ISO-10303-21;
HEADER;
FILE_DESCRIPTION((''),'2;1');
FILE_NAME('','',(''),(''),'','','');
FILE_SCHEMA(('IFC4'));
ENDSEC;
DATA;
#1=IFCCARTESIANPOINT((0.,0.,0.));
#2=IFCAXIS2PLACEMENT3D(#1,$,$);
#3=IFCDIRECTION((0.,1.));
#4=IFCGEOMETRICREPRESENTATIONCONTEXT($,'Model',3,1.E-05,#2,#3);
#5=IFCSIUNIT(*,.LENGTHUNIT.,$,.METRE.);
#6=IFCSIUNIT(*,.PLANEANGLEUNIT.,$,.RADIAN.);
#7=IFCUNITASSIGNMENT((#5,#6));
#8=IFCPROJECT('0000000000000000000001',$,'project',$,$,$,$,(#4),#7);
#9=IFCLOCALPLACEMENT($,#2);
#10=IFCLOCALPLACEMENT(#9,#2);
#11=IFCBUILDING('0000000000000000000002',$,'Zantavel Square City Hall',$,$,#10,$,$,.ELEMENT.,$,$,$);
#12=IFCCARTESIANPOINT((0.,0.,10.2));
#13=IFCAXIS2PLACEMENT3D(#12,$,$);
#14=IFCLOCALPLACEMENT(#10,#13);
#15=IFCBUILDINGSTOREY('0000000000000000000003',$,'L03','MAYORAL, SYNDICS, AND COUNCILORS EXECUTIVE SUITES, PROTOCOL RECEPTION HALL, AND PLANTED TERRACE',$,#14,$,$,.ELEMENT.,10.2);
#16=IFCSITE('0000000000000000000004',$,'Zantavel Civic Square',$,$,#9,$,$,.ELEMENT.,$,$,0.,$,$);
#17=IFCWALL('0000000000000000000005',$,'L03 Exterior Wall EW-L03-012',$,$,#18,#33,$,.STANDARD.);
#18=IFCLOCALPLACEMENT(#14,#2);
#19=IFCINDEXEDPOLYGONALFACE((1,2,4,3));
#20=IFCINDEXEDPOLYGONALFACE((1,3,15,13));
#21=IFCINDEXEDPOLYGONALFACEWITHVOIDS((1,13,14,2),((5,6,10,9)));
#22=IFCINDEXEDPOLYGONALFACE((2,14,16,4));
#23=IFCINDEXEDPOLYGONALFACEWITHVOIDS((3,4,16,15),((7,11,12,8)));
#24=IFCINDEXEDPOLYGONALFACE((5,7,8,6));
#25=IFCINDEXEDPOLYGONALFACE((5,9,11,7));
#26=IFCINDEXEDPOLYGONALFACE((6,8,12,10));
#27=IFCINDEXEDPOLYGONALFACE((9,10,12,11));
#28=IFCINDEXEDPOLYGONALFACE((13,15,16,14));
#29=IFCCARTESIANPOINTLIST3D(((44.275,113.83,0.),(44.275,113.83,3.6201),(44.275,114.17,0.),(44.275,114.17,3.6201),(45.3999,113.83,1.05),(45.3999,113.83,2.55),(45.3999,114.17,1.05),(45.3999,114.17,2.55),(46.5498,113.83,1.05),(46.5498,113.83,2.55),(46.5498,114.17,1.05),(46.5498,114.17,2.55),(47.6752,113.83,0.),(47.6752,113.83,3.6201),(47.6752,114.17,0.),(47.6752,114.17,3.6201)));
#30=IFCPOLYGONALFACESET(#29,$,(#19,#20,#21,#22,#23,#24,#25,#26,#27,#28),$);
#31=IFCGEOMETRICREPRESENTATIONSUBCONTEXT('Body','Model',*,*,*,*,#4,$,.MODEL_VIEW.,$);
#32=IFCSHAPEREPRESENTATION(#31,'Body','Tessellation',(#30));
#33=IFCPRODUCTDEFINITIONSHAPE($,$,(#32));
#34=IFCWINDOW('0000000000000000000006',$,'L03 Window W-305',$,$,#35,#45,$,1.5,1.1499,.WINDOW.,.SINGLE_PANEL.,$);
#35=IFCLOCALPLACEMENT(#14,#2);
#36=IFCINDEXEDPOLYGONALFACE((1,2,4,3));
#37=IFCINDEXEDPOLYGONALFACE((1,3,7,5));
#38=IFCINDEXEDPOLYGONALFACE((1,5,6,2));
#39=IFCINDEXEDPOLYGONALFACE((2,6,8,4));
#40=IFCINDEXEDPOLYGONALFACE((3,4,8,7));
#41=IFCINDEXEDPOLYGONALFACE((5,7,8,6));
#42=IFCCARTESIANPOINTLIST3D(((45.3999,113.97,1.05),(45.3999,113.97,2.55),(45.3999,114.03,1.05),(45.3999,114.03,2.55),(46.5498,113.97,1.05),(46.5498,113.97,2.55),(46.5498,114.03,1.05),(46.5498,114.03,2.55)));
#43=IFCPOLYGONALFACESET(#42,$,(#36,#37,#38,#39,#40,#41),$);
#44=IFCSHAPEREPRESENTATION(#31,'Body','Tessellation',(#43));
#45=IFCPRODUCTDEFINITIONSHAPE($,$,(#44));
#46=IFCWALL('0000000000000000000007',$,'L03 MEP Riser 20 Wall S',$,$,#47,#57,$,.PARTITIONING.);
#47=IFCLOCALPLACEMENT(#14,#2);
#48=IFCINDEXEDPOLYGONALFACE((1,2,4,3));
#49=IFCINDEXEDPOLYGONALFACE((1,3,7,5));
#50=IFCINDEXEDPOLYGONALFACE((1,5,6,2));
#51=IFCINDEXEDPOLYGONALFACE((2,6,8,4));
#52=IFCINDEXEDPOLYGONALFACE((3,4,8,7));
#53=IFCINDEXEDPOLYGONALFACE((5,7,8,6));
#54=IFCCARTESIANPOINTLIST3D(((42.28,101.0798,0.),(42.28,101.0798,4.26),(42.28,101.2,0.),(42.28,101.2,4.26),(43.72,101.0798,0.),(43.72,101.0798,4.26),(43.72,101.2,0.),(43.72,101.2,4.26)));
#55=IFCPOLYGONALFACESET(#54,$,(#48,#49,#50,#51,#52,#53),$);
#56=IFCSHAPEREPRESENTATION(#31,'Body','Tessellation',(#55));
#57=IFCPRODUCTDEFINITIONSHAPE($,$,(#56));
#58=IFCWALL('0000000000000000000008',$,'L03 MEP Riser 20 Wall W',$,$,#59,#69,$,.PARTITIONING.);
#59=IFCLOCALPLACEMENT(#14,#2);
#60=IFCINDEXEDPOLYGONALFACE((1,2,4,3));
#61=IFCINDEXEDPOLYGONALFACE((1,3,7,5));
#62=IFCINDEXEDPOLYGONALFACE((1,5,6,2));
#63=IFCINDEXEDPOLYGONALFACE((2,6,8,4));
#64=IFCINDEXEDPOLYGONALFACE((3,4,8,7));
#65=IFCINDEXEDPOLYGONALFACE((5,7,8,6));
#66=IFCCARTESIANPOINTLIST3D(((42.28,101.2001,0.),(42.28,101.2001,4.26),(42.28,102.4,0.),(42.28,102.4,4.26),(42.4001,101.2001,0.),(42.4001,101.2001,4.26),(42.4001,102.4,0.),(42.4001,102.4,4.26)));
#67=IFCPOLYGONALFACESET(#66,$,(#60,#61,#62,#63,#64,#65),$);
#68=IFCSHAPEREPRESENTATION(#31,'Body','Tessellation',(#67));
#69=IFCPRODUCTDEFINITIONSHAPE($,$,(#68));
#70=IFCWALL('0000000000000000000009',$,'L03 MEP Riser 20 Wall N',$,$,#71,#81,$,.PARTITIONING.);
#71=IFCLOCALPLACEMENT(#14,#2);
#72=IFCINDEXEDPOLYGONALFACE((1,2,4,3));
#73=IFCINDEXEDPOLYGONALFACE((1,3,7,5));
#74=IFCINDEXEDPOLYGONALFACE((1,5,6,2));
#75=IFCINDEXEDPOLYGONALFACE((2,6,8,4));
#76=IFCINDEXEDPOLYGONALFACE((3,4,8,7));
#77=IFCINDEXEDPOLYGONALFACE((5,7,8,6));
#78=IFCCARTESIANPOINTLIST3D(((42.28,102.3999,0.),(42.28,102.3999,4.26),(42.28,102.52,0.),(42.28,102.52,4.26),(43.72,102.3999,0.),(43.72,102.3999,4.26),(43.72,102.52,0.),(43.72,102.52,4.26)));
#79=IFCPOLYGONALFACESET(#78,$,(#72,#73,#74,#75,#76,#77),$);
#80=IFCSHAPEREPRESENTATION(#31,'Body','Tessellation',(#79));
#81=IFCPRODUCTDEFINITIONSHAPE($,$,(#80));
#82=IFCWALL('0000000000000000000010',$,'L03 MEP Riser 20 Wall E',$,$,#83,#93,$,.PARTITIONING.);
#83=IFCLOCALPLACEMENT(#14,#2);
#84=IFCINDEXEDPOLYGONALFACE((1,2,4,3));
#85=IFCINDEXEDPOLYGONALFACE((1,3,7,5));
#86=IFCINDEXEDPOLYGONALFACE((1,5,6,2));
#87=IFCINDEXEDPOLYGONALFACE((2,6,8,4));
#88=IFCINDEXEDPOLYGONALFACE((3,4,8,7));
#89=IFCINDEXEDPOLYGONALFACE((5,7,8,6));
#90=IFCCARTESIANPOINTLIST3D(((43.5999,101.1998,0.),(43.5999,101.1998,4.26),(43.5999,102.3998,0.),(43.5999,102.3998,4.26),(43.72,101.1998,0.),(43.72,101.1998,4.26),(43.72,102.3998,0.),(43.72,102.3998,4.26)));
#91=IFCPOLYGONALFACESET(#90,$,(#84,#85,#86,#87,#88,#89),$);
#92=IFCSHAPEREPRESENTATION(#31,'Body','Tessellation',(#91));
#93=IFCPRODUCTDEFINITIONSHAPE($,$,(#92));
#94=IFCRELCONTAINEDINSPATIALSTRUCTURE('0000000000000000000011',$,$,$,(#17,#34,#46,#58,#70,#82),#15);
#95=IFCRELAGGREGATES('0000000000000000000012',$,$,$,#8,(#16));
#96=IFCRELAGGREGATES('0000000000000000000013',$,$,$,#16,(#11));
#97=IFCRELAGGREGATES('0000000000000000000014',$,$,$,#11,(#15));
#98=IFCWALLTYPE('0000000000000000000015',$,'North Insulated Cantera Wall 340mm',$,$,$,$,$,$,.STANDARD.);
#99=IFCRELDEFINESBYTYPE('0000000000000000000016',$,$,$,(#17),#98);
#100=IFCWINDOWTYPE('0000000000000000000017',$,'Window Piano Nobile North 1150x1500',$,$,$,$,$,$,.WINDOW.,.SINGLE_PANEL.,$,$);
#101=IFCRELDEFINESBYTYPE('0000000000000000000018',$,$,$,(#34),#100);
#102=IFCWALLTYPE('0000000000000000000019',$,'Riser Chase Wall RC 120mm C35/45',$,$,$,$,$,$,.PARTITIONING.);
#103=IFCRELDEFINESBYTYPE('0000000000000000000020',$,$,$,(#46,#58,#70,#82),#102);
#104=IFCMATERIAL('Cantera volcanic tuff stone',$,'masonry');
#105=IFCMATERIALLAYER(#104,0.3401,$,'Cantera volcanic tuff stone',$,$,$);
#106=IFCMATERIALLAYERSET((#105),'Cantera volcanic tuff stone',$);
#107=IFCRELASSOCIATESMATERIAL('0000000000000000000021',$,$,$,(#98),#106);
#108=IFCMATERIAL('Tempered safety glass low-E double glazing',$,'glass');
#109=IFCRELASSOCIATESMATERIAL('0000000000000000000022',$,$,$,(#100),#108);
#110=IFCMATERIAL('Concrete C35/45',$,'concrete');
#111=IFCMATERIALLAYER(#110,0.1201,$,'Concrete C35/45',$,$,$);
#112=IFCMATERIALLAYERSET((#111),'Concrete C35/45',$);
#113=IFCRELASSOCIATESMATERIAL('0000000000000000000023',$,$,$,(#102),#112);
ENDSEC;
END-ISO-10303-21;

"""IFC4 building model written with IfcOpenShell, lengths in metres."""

from ifc_helpers import new_model, si_unit, direction, frame, frame_2d, origin, place, context, subcontext, project, spatial, rectangle, extrude, material, layer, layer_set, type_object, element, fill, save


model = new_model("IFC4")

# Units and contexts
model_context = context("Model", 3, precision=1e-05, world=origin(), true_north=direction((0.0, 1.0)))
body_context = subcontext(model_context, "Body", "Model", "MODEL_VIEW")
ifc_project = project(units=[si_unit("LENGTHUNIT", "METRE"), si_unit("PLANEANGLEUNIT", "RADIAN")], contexts=[model_context])

# Site, building, storey
site_placement = place(None, origin())
site = spatial("IfcSite", under=ifc_project, at=site_placement, Name="Zantavel Civic Square", CompositionType="ELEMENT", RefElevation=0.0)
building_placement = place(site_placement, origin())
building = spatial("IfcBuilding", under=site, at=building_placement, Name="Zantavel Square City Hall", CompositionType="ELEMENT")
storey_placement = place(building_placement, frame((0.0, 0.0, 10.2)))
storey = spatial("IfcBuildingStorey", under=building, at=storey_placement, Name="L03", Description="MAYORAL, SYNDICS, AND COUNCILORS EXECUTIVE SUITES, PROTOCOL RECEPTION HALL, AND PLANTED TERRACE", CompositionType="ELEMENT", Elevation=10.2)

# Shared definitions
ifc_material_1 = material(Name="Concrete C35/45", Category="concrete")

# Wall, opening, window
ifc_material_2 = material(Name="Cantera volcanic tuff stone", Category="masonry")
ifc_layer_1 = layer(ifc_material_2, 0.3401, Name="Cantera volcanic tuff stone")
ifc_layer_set_1 = layer_set([ifc_layer_1], Name="Cantera volcanic tuff stone")
wall_type_1 = type_object("IfcWallType", Name="North Insulated Cantera Wall 340mm", PredefinedType="STANDARD", material=ifc_layer_set_1)
ifc_material_3 = material(Name="Tempered safety glass low-E double glazing", Category="glass")
window_type = type_object("IfcWindowType", Name="Window Piano Nobile North 1150x1500", PartitioningType="SINGLE_PANEL", PredefinedType="WINDOW", material=ifc_material_3)
wall_1_placement = place(storey_placement, frame((44.2749, 114.0, 0.0), z_axis=(0.0, 0.0, 1.0), x_axis=(1.0, 0.0, 0.0)))
wall_1 = element("IfcWall", 1, at=wall_1_placement, inside=storey, type_object=wall_type_1, Name="L03 Exterior Wall EW-L03-012", PredefinedType="STANDARD", context=body_context, shape_type="SweptSolid", body=[
    extrude(rectangle(XDim=3.4001, YDim=0.3401, at=frame_2d((1.7002, 0.0))), origin(), (0.0, 0.0, 1.0), 3.6201),
])
opening_1_placement = place(wall_1_placement, frame((1.125, 0.0, 1.05)))
opening_1 = element("IfcOpeningElement", 2, at=opening_1_placement, cuts=wall_1, PredefinedType="OPENING", context=body_context, shape_type="SweptSolid", body=[
    extrude(rectangle(XDim=1.1499, YDim=1.5, at=frame_2d((0.575, 0.75))), frame((0.0, 0.1799, 0.0), z_axis=(0.0, -1.0, 0.0), x_axis=(1.0, 0.0, 0.0)), (0.0, 0.0, 1.0), 0.3601),
])
window_1_placement = place(opening_1_placement, origin())
window_1 = element("IfcWindow", 3, at=window_1_placement, inside=storey, type_object=window_type, Name="L03 Window W-305", OverallHeight=1.5, OverallWidth=1.1499, PartitioningType="SINGLE_PANEL", PredefinedType="WINDOW", context=body_context, shape_type="SweptSolid", body=[
    extrude(rectangle(XDim=1.1499, YDim=1.5, at=frame_2d((0.575, 0.75))), frame((0.0, 0.03, 0.0), z_axis=(0.0, -1.0, 0.0), x_axis=(1.0, 0.0, 0.0)), (0.0, 0.0, 1.0), 0.0601),
])
fill(opening_1, window_1)

# Walls
ifc_layer_2 = layer(ifc_material_1, 0.1201, Name="Concrete C35/45")
ifc_layer_set_2 = layer_set([ifc_layer_2], Name="Concrete C35/45")
wall_type_2 = type_object("IfcWallType", Name="Riser Chase Wall RC 120mm C35/45", PredefinedType="PARTITIONING", material=ifc_layer_set_2)
wall_2_placement = place(storey_placement, frame((43.72, 101.1399, 0.0), z_axis=(0.0, 0.0, 1.0), x_axis=(-1.0, 0.0, 0.0)))
element("IfcWall", 4, at=wall_2_placement, inside=storey, type_object=wall_type_2, Name="L03 MEP Riser 20 Wall S", PredefinedType="PARTITIONING", context=body_context, shape_type="SweptSolid", body=[
    extrude(rectangle(XDim=1.4399, YDim=0.1201, at=frame_2d((0.72, 0.0))), origin(), (0.0, 0.0, 1.0), 4.26),
])
wall_3_placement = place(storey_placement, frame((42.3401, 101.2, 0.0), z_axis=(0.0, 0.0, 1.0), x_axis=(0.0, 1.0, 0.0)))
element("IfcWall", 5, at=wall_3_placement, inside=storey, type_object=wall_type_2, Name="L03 MEP Riser 20 Wall W", PredefinedType="PARTITIONING", context=body_context, shape_type="SweptSolid", body=[
    extrude(rectangle(XDim=1.2, YDim=0.1201, at=frame_2d((0.6001, 0.0))), origin(), (0.0, 0.0, 1.0), 4.26),
])
wall_4_placement = place(storey_placement, frame((42.28, 102.46, 0.0), z_axis=(0.0, 0.0, 1.0), x_axis=(1.0, 0.0, 0.0)))
element("IfcWall", 6, at=wall_4_placement, inside=storey, type_object=wall_type_2, Name="L03 MEP Riser 20 Wall N", PredefinedType="PARTITIONING", context=body_context, shape_type="SweptSolid", body=[
    extrude(rectangle(XDim=1.4399, YDim=0.1201, at=frame_2d((0.72, 0.0))), origin(), (0.0, 0.0, 1.0), 4.26),
])
wall_5_placement = place(storey_placement, frame((43.6599, 102.3999, 0.0), z_axis=(0.0, 0.0, 1.0), x_axis=(0.0, -1.0, 0.0)))
element("IfcWall", 7, at=wall_5_placement, inside=storey, type_object=wall_type_2, Name="L03 MEP Riser 20 Wall E", PredefinedType="PARTITIONING", context=body_context, shape_type="SweptSolid", body=[
    extrude(rectangle(XDim=1.2, YDim=0.1201, at=frame_2d((0.6001, 0.0))), origin(), (0.0, 0.0, 1.0), 4.26),
])

save(model, "model.ifc")
